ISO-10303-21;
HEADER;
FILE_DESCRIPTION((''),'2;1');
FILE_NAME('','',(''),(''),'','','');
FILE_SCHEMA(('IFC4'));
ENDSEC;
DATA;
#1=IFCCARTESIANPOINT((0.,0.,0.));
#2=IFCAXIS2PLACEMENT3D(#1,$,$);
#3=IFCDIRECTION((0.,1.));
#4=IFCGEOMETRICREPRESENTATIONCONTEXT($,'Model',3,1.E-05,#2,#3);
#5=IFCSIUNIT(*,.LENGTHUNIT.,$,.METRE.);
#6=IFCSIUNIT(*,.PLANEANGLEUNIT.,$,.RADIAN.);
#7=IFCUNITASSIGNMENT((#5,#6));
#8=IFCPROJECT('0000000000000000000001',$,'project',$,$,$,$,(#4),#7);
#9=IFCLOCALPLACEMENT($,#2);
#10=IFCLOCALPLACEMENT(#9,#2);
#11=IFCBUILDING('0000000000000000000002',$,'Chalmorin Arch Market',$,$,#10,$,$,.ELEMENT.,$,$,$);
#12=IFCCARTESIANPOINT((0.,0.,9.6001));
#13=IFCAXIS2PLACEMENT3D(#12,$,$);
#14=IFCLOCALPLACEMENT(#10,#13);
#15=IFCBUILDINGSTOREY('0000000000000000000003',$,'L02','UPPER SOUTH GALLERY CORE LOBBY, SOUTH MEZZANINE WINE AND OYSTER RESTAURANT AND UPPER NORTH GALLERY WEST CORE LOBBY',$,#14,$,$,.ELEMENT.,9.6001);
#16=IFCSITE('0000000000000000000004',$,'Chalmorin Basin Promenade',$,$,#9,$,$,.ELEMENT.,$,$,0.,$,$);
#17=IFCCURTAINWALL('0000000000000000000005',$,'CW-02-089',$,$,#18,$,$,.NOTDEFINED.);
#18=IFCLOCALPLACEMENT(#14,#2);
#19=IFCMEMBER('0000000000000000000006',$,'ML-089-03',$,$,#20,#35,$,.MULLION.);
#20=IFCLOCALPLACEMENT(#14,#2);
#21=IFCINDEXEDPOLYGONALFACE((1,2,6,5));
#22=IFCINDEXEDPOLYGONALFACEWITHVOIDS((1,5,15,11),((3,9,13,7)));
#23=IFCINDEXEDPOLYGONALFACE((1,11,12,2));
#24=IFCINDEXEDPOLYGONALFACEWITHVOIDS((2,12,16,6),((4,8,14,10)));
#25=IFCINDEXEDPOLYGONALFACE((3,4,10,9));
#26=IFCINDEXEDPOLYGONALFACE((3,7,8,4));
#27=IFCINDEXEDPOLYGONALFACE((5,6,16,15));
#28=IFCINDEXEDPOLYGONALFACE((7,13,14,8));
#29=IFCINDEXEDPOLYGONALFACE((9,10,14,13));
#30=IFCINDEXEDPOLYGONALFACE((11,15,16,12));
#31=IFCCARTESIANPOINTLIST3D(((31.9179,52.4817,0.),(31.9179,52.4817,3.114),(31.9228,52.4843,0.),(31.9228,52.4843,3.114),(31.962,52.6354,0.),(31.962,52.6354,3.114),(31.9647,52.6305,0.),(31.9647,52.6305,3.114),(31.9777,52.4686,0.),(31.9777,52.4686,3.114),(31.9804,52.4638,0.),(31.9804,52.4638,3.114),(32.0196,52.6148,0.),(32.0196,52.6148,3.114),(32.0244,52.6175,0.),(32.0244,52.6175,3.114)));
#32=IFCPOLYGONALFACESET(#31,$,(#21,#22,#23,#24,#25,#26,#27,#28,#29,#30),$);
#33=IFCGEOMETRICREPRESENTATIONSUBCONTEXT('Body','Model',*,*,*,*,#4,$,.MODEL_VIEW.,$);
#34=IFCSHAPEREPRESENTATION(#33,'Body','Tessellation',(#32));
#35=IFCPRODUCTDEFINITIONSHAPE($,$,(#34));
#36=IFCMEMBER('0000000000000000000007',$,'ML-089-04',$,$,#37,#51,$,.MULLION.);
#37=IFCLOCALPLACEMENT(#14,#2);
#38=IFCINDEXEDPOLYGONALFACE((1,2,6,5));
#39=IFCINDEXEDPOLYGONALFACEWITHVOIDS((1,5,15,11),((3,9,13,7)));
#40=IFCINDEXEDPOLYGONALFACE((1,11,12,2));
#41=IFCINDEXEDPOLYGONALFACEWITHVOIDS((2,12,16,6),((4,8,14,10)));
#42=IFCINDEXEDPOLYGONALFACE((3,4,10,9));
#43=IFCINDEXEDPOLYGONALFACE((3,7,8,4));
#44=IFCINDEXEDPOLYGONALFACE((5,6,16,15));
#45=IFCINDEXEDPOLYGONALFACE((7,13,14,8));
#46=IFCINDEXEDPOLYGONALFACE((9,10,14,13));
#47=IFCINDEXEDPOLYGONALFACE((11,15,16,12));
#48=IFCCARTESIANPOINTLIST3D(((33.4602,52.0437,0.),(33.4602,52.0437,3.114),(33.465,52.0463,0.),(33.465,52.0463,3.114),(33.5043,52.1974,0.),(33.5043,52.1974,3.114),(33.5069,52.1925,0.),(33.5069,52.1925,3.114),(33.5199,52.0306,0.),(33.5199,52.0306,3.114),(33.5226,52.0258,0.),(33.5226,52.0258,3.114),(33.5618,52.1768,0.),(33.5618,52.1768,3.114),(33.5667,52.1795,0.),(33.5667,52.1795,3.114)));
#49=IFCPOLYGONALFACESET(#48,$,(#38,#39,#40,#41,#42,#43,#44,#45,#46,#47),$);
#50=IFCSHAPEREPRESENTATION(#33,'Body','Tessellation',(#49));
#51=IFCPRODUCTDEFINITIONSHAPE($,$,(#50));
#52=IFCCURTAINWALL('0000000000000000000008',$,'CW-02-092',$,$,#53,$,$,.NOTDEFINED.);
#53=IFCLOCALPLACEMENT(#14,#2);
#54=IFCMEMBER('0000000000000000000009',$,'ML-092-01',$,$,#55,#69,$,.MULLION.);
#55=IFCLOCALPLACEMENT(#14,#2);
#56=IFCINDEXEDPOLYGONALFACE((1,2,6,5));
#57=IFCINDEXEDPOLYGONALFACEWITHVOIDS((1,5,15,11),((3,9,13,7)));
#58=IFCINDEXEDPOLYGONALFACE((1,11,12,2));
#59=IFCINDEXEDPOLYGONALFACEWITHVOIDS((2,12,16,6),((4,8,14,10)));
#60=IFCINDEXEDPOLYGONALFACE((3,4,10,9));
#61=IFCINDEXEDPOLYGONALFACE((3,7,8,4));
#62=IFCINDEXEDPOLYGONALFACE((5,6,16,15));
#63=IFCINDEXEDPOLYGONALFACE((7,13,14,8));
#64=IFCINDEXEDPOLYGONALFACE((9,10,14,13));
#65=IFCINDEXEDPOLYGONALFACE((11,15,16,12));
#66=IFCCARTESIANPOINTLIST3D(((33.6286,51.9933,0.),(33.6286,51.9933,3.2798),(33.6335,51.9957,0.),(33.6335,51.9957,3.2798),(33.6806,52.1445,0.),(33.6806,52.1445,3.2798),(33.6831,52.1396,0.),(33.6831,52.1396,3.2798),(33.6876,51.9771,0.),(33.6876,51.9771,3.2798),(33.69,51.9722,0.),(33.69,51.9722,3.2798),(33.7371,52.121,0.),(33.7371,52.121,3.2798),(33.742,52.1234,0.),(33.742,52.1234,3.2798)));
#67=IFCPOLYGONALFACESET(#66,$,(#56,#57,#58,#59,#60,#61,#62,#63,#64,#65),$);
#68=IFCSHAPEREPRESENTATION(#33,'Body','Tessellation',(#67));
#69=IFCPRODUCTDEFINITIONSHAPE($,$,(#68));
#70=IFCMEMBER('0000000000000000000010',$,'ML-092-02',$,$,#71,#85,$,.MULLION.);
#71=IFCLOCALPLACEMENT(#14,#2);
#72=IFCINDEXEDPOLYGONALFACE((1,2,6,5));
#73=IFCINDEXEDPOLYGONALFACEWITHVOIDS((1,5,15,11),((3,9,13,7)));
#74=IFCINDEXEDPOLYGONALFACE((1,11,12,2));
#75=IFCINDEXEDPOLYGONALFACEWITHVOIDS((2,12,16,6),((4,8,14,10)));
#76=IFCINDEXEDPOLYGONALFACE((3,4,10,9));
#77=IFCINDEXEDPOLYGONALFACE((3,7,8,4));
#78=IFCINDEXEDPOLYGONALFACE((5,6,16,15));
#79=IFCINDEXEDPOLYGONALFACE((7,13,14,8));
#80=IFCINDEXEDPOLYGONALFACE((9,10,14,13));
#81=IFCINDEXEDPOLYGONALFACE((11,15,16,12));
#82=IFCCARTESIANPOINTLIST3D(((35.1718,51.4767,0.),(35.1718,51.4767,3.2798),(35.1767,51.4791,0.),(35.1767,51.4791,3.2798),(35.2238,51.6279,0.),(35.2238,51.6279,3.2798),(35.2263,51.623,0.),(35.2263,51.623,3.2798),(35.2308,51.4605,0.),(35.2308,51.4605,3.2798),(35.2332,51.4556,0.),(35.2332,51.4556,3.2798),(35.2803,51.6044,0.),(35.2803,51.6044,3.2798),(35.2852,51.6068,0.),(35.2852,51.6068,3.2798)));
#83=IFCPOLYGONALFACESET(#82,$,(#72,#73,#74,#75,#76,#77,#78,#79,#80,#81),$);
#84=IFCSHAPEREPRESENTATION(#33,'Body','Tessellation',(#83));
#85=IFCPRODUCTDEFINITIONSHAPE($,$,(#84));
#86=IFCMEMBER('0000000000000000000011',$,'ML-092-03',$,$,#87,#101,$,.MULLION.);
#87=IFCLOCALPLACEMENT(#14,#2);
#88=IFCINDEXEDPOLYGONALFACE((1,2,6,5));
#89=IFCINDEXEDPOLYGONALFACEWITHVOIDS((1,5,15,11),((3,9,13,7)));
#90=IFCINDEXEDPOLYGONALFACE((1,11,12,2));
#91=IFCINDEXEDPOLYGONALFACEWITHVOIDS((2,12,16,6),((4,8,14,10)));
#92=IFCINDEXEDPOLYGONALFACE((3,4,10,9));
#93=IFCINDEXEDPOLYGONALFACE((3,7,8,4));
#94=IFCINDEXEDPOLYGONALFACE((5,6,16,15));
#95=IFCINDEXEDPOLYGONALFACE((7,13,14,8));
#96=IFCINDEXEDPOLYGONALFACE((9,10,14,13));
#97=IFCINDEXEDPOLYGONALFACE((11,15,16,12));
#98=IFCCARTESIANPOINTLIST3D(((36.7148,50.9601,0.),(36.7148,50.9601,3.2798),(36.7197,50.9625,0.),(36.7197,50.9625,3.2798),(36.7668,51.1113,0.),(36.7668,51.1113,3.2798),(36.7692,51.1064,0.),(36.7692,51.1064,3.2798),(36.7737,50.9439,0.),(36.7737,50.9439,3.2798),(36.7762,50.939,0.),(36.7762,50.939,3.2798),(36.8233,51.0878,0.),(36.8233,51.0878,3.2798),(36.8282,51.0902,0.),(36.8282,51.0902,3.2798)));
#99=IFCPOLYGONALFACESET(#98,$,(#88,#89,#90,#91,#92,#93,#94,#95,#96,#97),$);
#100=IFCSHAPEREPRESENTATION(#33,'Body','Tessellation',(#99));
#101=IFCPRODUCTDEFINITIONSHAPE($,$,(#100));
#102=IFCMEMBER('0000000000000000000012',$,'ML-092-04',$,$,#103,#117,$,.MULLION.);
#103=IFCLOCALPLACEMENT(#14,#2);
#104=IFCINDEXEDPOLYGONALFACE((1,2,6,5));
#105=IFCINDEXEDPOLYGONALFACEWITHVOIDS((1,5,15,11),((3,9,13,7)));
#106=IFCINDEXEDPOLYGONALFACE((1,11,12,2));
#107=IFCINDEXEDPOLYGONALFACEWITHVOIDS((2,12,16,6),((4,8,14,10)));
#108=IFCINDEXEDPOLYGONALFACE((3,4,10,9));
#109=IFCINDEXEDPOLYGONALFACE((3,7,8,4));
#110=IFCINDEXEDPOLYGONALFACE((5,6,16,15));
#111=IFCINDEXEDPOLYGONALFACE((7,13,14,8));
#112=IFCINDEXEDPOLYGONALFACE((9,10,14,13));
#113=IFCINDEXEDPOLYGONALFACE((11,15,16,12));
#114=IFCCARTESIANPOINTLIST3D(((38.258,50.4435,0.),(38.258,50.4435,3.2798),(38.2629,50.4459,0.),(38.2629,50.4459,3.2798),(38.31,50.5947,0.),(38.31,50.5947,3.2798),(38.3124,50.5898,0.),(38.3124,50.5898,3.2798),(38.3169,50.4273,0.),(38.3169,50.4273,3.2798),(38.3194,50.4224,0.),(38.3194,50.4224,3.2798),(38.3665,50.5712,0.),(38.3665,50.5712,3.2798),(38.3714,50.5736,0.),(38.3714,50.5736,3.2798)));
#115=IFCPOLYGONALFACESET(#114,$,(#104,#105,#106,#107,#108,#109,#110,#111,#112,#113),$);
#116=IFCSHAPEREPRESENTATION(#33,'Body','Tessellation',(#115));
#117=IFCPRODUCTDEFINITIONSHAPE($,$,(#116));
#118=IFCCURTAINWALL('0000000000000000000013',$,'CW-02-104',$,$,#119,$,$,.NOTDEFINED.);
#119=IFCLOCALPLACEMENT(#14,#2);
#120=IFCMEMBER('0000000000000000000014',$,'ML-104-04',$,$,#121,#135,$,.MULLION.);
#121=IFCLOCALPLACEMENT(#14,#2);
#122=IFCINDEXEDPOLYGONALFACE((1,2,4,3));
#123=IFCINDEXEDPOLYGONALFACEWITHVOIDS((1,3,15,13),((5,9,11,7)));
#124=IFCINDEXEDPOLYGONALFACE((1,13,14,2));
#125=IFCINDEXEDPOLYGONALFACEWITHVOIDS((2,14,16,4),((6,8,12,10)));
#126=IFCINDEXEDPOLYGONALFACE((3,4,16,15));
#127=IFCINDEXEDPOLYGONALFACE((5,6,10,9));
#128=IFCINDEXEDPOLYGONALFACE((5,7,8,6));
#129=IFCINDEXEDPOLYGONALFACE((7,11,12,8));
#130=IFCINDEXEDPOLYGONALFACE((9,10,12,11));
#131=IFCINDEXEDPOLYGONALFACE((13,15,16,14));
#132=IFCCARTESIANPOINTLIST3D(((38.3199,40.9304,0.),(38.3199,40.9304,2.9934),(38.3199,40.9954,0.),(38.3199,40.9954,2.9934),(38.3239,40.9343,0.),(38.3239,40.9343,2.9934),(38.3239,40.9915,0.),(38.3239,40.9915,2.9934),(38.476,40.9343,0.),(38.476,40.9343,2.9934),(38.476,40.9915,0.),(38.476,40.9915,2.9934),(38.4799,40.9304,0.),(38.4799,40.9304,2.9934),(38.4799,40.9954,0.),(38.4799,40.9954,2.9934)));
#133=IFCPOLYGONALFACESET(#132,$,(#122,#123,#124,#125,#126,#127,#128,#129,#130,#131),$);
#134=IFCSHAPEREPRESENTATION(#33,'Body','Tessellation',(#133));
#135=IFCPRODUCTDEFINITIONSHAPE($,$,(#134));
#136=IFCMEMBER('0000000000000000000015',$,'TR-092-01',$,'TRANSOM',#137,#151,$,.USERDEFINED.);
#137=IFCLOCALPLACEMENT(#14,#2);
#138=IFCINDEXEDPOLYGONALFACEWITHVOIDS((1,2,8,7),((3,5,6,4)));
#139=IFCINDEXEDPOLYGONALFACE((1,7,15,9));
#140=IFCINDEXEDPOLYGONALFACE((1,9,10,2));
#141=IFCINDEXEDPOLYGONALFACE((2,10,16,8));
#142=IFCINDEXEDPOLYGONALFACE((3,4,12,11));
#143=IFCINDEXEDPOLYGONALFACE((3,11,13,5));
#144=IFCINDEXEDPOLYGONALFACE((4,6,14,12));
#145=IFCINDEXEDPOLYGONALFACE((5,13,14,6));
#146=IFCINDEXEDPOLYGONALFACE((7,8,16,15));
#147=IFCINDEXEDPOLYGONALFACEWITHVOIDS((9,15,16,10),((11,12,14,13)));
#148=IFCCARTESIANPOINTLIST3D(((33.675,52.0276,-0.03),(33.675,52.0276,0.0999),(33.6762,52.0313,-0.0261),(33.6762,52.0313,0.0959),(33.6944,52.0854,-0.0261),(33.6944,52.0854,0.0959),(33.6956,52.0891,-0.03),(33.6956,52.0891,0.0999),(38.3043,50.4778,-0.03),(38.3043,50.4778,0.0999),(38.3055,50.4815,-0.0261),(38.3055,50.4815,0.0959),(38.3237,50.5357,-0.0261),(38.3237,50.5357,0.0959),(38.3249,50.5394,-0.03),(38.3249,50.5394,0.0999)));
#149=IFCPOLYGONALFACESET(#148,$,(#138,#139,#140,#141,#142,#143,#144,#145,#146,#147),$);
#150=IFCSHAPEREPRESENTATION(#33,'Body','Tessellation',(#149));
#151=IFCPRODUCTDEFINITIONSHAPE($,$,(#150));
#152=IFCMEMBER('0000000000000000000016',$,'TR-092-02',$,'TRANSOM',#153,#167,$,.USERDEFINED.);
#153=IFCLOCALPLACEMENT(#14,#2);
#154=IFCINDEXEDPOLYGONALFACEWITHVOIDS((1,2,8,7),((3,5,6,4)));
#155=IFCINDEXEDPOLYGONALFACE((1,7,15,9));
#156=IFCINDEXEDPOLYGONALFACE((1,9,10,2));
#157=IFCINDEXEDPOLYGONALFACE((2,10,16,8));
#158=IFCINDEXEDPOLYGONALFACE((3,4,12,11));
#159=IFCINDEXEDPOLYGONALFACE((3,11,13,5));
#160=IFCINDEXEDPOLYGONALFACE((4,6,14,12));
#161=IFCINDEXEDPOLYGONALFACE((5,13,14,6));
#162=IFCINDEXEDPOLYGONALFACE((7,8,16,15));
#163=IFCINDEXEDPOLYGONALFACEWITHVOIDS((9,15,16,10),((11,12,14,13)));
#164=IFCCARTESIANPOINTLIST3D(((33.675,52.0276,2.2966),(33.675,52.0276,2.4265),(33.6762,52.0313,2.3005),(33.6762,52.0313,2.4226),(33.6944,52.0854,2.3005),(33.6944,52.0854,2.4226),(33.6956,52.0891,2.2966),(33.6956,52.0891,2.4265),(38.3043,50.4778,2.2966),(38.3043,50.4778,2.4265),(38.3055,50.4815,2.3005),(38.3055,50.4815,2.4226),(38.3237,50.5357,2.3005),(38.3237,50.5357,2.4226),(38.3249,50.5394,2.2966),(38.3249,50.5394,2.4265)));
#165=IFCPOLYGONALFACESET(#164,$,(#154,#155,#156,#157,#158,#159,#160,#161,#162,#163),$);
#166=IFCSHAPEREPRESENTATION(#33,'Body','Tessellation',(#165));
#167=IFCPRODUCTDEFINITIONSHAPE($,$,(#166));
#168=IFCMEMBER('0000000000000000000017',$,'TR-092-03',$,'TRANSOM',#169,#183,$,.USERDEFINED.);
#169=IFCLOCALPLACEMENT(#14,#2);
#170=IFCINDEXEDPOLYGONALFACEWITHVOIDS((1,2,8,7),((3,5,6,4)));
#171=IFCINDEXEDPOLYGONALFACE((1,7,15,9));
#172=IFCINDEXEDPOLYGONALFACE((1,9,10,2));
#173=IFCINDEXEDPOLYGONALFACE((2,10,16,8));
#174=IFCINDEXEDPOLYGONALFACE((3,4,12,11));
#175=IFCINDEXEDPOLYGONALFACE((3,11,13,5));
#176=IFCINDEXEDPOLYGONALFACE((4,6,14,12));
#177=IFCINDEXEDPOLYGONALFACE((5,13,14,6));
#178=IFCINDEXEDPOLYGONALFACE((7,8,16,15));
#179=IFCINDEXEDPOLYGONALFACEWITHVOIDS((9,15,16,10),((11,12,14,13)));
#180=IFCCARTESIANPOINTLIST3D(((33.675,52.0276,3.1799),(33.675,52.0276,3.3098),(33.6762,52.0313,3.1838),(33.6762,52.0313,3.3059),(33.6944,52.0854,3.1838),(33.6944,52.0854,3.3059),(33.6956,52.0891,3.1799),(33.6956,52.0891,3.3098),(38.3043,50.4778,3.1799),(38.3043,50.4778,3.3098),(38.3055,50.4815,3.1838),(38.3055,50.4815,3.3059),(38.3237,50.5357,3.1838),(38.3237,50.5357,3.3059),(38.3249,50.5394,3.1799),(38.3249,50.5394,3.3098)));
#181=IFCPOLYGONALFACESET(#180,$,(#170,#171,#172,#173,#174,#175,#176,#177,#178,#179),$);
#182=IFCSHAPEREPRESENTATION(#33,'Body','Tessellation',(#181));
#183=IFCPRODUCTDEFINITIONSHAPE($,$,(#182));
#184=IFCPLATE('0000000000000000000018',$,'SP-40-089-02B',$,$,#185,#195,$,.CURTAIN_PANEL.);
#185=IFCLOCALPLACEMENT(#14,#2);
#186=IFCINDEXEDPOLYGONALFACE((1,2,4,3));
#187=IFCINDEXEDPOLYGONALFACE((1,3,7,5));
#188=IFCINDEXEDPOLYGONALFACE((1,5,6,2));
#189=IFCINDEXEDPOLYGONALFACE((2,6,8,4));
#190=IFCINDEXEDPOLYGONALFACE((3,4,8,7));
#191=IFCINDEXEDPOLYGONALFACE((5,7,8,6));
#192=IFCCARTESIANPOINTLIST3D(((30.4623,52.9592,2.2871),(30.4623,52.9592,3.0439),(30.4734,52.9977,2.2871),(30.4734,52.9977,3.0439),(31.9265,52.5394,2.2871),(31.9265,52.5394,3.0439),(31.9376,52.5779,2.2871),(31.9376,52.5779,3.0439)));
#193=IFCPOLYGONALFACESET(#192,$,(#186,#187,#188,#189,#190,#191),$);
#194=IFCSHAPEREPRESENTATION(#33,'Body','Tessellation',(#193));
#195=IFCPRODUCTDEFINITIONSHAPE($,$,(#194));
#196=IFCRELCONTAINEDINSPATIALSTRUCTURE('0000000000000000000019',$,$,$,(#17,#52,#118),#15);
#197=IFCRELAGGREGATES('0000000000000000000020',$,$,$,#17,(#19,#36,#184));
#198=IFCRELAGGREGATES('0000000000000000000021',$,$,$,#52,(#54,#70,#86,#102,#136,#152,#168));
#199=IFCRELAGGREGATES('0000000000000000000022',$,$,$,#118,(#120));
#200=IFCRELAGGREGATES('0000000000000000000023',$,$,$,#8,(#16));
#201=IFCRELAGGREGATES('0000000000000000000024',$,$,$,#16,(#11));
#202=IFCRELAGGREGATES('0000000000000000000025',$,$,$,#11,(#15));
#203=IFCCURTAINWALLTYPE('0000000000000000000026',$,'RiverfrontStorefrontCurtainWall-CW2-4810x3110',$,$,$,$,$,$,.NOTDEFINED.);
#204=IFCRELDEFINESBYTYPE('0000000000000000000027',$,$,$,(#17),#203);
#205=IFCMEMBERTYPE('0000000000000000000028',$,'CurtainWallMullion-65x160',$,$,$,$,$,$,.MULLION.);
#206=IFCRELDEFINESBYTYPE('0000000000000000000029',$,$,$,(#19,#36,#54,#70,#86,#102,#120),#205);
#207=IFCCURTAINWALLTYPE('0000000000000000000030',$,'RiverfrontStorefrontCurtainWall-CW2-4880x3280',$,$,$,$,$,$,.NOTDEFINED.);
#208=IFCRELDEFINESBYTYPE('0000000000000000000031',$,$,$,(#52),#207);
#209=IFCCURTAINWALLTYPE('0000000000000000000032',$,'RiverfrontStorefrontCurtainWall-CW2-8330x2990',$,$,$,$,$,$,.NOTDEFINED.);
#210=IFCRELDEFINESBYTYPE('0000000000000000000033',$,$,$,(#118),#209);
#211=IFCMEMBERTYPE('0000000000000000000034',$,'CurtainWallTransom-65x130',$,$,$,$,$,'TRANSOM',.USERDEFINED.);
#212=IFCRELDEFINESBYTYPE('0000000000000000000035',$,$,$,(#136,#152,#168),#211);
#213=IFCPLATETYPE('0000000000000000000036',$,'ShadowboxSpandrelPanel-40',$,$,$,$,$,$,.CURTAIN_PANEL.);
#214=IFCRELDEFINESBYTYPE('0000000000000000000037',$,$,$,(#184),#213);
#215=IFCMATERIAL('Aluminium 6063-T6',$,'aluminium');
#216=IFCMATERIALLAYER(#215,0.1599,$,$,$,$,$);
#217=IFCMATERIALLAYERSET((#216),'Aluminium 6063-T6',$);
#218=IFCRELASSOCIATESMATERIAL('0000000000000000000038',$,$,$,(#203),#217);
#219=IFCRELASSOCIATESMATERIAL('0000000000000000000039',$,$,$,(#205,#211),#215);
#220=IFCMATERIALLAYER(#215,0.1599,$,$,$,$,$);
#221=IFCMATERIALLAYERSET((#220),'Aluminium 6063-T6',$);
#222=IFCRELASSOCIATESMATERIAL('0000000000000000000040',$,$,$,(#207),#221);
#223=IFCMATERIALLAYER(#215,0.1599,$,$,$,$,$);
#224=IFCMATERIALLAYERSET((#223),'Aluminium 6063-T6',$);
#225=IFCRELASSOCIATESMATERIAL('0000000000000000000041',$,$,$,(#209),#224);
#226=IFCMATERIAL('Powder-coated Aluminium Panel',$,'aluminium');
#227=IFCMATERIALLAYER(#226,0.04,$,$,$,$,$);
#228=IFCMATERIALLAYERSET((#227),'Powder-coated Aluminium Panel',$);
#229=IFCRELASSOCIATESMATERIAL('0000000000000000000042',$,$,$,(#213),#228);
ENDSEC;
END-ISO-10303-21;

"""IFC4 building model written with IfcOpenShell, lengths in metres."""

from ifc_helpers import new_model, si_unit, direction, frame, origin, origin_2d, place, context, subcontext, project, spatial, rectangle, hollow_rectangle, extrude, material, layer, layer_set, material_profile, profile_set, type_object, element, aggregate, save


model = new_model("IFC4")

# Units and contexts
model_context = context("Model", 3, precision=1e-05, world=origin(), true_north=direction((0.0, 1.0)))
body_context = subcontext(model_context, "Body", "Model", "MODEL_VIEW")
ifc_project = project(units=[si_unit("LENGTHUNIT", "METRE"), si_unit("PLANEANGLEUNIT", "RADIAN")], contexts=[model_context])

# Site, building, storey
site_placement = place(None, origin())
site = spatial("IfcSite", under=ifc_project, at=site_placement, Name="Chalmorin Basin Promenade", CompositionType="ELEMENT", RefElevation=0.0)
building_placement = place(site_placement, origin())
building = spatial("IfcBuilding", under=site, at=building_placement, Name="Chalmorin Arch Market", CompositionType="ELEMENT")
storey_placement = place(building_placement, frame((0.0, 0.0, 9.6001)))
storey = spatial("IfcBuildingStorey", under=building, at=storey_placement, Name="L02", Description="UPPER SOUTH GALLERY CORE LOBBY, SOUTH MEZZANINE WINE AND OYSTER RESTAURANT AND UPPER NORTH GALLERY WEST CORE LOBBY", CompositionType="ELEMENT", Elevation=9.6001)

# Curtain walls, members
ifc_material_1 = material(Name="Aluminium 6063-T6", Category="aluminium")
ifc_layer_1 = layer(ifc_material_1, 0.1599)
ifc_layer_set_1 = layer_set([ifc_layer_1], Name="Aluminium 6063-T6")
curtain_wall_type_1 = type_object("IfcCurtainWallType", Name="RiverfrontStorefrontCurtainWall-CW2-4810x3110", PredefinedType="NOTDEFINED", material=ifc_layer_set_1)
curtain_wall_1_placement = place(storey_placement, origin())
curtain_wall_1 = element("IfcCurtainWall", 1, at=curtain_wall_1_placement, inside=storey, type_object=curtain_wall_type_1, Name="CW-02-089", PredefinedType="NOTDEFINED")
ifc_material_profile_1 = material_profile(ifc_material_1, hollow_rectangle(XDim=0.0649, YDim=0.1599, WallThickness=0.0039, at=origin_2d()), Name="ALU65X160X4")
ifc_profile_set_1 = profile_set([ifc_material_profile_1], Name="Aluminium 6063-T6")
member_type_1 = type_object("IfcMemberType", Name="CurtainWallMullion-65x160", PredefinedType="MULLION", material=ifc_profile_set_1)
member_1_placement = place(storey_placement, frame((31.9712, 52.5496, 0.0), z_axis=(0.0, 0.0, 1.0), x_axis=(0.961262, -0.275637, 0.0)))
member_1 = element("IfcMember", 2, at=member_1_placement, type_object=member_type_1, Name="ML-089-03", PredefinedType="MULLION", context=body_context, shape_type="SweptSolid", body=[
    extrude(hollow_rectangle(XDim=0.0649, YDim=0.1599, WallThickness=0.0039, at=origin_2d()), origin(), (0.0, 0.0, 1.0), 3.114),
])
member_2_placement = place(storey_placement, frame((33.5134, 52.1116, 0.0), z_axis=(0.0, 0.0, 1.0), x_axis=(0.961262, -0.275637, 0.0)))
member_2 = element("IfcMember", 3, at=member_2_placement, type_object=member_type_1, Name="ML-089-04", PredefinedType="MULLION", context=body_context, shape_type="SweptSolid", body=[
    extrude(hollow_rectangle(XDim=0.0649, YDim=0.1599, WallThickness=0.0039, at=origin_2d()), origin(), (0.0, 0.0, 1.0), 3.114),
])
ifc_layer_2 = layer(ifc_material_1, 0.1599)
ifc_layer_set_2 = layer_set([ifc_layer_2], Name="Aluminium 6063-T6")
curtain_wall_type_2 = type_object("IfcCurtainWallType", Name="RiverfrontStorefrontCurtainWall-CW2-4880x3280", PredefinedType="NOTDEFINED", material=ifc_layer_set_2)
curtain_wall_2_placement = place(storey_placement, origin())
curtain_wall_2 = element("IfcCurtainWall", 4, at=curtain_wall_2_placement, inside=storey, type_object=curtain_wall_type_2, Name="CW-02-092", PredefinedType="NOTDEFINED")
member_3_placement = place(storey_placement, frame((33.6853, 52.0583, 0.0), z_axis=(0.0, 0.0, 1.0), x_axis=(0.945519, -0.325568, 0.0)))
member_3 = element("IfcMember", 5, at=member_3_placement, type_object=member_type_1, Name="ML-092-01", PredefinedType="MULLION", context=body_context, shape_type="SweptSolid", body=[
    extrude(hollow_rectangle(XDim=0.0649, YDim=0.1599, WallThickness=0.0039, at=origin_2d()), origin(), (0.0, 0.0, 1.0), 3.2798),
])
member_4_placement = place(storey_placement, frame((35.2285, 51.5417, 0.0), z_axis=(0.0, 0.0, 1.0), x_axis=(0.945519, -0.325568, 0.0)))
member_4 = element("IfcMember", 6, at=member_4_placement, type_object=member_type_1, Name="ML-092-02", PredefinedType="MULLION", context=body_context, shape_type="SweptSolid", body=[
    extrude(hollow_rectangle(XDim=0.0649, YDim=0.1599, WallThickness=0.0039, at=origin_2d()), origin(), (0.0, 0.0, 1.0), 3.2798),
])
member_5_placement = place(storey_placement, frame((36.7715, 51.0251, 0.0), z_axis=(0.0, 0.0, 1.0), x_axis=(0.945519, -0.325568, 0.0)))
member_5 = element("IfcMember", 7, at=member_5_placement, type_object=member_type_1, Name="ML-092-03", PredefinedType="MULLION", context=body_context, shape_type="SweptSolid", body=[
    extrude(hollow_rectangle(XDim=0.0649, YDim=0.1599, WallThickness=0.0039, at=origin_2d()), origin(), (0.0, 0.0, 1.0), 3.2798),
])
member_6_placement = place(storey_placement, frame((38.3147, 50.5085, 0.0), z_axis=(0.0, 0.0, 1.0), x_axis=(0.945519, -0.325568, 0.0)))
member_6 = element("IfcMember", 8, at=member_6_placement, type_object=member_type_1, Name="ML-092-04", PredefinedType="MULLION", context=body_context, shape_type="SweptSolid", body=[
    extrude(hollow_rectangle(XDim=0.0649, YDim=0.1599, WallThickness=0.0039, at=origin_2d()), origin(), (0.0, 0.0, 1.0), 3.2798),
])

# Curtain wall, member
ifc_layer_3 = layer(ifc_material_1, 0.1599)
ifc_layer_set_3 = layer_set([ifc_layer_3], Name="Aluminium 6063-T6")
curtain_wall_type_3 = type_object("IfcCurtainWallType", Name="RiverfrontStorefrontCurtainWall-CW2-8330x2990", PredefinedType="NOTDEFINED", material=ifc_layer_set_3)
curtain_wall_3_placement = place(storey_placement, origin())
curtain_wall_3 = element("IfcCurtainWall", 9, at=curtain_wall_3_placement, inside=storey, type_object=curtain_wall_type_3, Name="CW-02-104", PredefinedType="NOTDEFINED")
member_7_placement = place(storey_placement, frame((38.3999, 40.9629, 0.0), z_axis=(0.0, 0.0, 1.0), x_axis=(0.0, 1.0, 0.0)))
member_7 = element("IfcMember", 10, at=member_7_placement, type_object=member_type_1, Name="ML-104-04", PredefinedType="MULLION", context=body_context, shape_type="SweptSolid", body=[
    extrude(hollow_rectangle(XDim=0.0649, YDim=0.1599, WallThickness=0.0039, at=origin_2d()), origin(), (0.0, 0.0, 1.0), 2.9934),
])

# Members
ifc_material_profile_2 = material_profile(ifc_material_1, hollow_rectangle(XDim=0.0649, YDim=0.1299, WallThickness=0.0039, at=origin_2d()), Name="ALU65X130X4")
ifc_profile_set_2 = profile_set([ifc_material_profile_2], Name="Aluminium 6063-T6")
member_type_2 = type_object("IfcMemberType", Name="CurtainWallTransom-65x130", ElementType="TRANSOM", PredefinedType="USERDEFINED", material=ifc_profile_set_2)
member_8_placement = place(storey_placement, frame((33.6853, 52.0583, 0.0349), z_axis=(0.948272, -0.317458, 0.0), x_axis=(0.317458, 0.948272, 0.0)))
member_8 = element("IfcMember", 11, at=member_8_placement, type_object=member_type_2, Name="TR-092-01", ObjectType="TRANSOM", PredefinedType="USERDEFINED", context=body_context, shape_type="SweptSolid", body=[
    extrude(hollow_rectangle(XDim=0.0649, YDim=0.1299, WallThickness=0.0039, at=origin_2d()), origin(), (0.0, 0.0, 1.0), 4.8818),
])
member_9_placement = place(storey_placement, frame((33.6853, 52.0583, 2.3616), z_axis=(0.948272, -0.317458, 0.0), x_axis=(0.317458, 0.948272, 0.0)))
member_9 = element("IfcMember", 12, at=member_9_placement, type_object=member_type_2, Name="TR-092-02", ObjectType="TRANSOM", PredefinedType="USERDEFINED", context=body_context, shape_type="SweptSolid", body=[
    extrude(hollow_rectangle(XDim=0.0649, YDim=0.1299, WallThickness=0.0039, at=origin_2d()), origin(), (0.0, 0.0, 1.0), 4.8818),
])
member_10_placement = place(storey_placement, frame((33.6853, 52.0583, 3.2449), z_axis=(0.948272, -0.317458, 0.0), x_axis=(0.317458, 0.948272, 0.0)))
member_10 = element("IfcMember", 13, at=member_10_placement, type_object=member_type_2, Name="TR-092-03", ObjectType="TRANSOM", PredefinedType="USERDEFINED", context=body_context, shape_type="SweptSolid", body=[
    extrude(hollow_rectangle(XDim=0.0649, YDim=0.1299, WallThickness=0.0039, at=origin_2d()), origin(), (0.0, 0.0, 1.0), 4.8818),
])

# Plate
ifc_material_2 = material(Name="Powder-coated Aluminium Panel", Category="aluminium")
ifc_layer_4 = layer(ifc_material_2, 0.04)
ifc_layer_set_4 = layer_set([ifc_layer_4], Name="Powder-coated Aluminium Panel")
plate_type_1 = type_object("IfcPlateType", Name="ShadowboxSpandrelPanel-40", PredefinedType="CURTAIN_PANEL", material=ifc_layer_set_4)
plate_1_placement = place(storey_placement, frame((31.2, 52.7686, 2.2871), z_axis=(0.0, 0.0, 1.0), x_axis=(0.961262, -0.275637, 0.0)))
plate_1 = element("IfcPlate", 14, at=plate_1_placement, type_object=plate_type_1, Name="SP-40-089-02B", PredefinedType="CURTAIN_PANEL", context=body_context, shape_type="SweptSolid", body=[
    extrude(rectangle(XDim=1.5232, YDim=0.04, at=origin_2d()), origin(), (0.0, 0.0, 1.0), 0.7568),
])
aggregate(curtain_wall_1, [member_1, member_2, plate_1])
aggregate(curtain_wall_2, [member_3, member_4, member_5, member_6, member_8, member_9, member_10])
aggregate(curtain_wall_3, [member_7])

save(model, "model.ifc")
